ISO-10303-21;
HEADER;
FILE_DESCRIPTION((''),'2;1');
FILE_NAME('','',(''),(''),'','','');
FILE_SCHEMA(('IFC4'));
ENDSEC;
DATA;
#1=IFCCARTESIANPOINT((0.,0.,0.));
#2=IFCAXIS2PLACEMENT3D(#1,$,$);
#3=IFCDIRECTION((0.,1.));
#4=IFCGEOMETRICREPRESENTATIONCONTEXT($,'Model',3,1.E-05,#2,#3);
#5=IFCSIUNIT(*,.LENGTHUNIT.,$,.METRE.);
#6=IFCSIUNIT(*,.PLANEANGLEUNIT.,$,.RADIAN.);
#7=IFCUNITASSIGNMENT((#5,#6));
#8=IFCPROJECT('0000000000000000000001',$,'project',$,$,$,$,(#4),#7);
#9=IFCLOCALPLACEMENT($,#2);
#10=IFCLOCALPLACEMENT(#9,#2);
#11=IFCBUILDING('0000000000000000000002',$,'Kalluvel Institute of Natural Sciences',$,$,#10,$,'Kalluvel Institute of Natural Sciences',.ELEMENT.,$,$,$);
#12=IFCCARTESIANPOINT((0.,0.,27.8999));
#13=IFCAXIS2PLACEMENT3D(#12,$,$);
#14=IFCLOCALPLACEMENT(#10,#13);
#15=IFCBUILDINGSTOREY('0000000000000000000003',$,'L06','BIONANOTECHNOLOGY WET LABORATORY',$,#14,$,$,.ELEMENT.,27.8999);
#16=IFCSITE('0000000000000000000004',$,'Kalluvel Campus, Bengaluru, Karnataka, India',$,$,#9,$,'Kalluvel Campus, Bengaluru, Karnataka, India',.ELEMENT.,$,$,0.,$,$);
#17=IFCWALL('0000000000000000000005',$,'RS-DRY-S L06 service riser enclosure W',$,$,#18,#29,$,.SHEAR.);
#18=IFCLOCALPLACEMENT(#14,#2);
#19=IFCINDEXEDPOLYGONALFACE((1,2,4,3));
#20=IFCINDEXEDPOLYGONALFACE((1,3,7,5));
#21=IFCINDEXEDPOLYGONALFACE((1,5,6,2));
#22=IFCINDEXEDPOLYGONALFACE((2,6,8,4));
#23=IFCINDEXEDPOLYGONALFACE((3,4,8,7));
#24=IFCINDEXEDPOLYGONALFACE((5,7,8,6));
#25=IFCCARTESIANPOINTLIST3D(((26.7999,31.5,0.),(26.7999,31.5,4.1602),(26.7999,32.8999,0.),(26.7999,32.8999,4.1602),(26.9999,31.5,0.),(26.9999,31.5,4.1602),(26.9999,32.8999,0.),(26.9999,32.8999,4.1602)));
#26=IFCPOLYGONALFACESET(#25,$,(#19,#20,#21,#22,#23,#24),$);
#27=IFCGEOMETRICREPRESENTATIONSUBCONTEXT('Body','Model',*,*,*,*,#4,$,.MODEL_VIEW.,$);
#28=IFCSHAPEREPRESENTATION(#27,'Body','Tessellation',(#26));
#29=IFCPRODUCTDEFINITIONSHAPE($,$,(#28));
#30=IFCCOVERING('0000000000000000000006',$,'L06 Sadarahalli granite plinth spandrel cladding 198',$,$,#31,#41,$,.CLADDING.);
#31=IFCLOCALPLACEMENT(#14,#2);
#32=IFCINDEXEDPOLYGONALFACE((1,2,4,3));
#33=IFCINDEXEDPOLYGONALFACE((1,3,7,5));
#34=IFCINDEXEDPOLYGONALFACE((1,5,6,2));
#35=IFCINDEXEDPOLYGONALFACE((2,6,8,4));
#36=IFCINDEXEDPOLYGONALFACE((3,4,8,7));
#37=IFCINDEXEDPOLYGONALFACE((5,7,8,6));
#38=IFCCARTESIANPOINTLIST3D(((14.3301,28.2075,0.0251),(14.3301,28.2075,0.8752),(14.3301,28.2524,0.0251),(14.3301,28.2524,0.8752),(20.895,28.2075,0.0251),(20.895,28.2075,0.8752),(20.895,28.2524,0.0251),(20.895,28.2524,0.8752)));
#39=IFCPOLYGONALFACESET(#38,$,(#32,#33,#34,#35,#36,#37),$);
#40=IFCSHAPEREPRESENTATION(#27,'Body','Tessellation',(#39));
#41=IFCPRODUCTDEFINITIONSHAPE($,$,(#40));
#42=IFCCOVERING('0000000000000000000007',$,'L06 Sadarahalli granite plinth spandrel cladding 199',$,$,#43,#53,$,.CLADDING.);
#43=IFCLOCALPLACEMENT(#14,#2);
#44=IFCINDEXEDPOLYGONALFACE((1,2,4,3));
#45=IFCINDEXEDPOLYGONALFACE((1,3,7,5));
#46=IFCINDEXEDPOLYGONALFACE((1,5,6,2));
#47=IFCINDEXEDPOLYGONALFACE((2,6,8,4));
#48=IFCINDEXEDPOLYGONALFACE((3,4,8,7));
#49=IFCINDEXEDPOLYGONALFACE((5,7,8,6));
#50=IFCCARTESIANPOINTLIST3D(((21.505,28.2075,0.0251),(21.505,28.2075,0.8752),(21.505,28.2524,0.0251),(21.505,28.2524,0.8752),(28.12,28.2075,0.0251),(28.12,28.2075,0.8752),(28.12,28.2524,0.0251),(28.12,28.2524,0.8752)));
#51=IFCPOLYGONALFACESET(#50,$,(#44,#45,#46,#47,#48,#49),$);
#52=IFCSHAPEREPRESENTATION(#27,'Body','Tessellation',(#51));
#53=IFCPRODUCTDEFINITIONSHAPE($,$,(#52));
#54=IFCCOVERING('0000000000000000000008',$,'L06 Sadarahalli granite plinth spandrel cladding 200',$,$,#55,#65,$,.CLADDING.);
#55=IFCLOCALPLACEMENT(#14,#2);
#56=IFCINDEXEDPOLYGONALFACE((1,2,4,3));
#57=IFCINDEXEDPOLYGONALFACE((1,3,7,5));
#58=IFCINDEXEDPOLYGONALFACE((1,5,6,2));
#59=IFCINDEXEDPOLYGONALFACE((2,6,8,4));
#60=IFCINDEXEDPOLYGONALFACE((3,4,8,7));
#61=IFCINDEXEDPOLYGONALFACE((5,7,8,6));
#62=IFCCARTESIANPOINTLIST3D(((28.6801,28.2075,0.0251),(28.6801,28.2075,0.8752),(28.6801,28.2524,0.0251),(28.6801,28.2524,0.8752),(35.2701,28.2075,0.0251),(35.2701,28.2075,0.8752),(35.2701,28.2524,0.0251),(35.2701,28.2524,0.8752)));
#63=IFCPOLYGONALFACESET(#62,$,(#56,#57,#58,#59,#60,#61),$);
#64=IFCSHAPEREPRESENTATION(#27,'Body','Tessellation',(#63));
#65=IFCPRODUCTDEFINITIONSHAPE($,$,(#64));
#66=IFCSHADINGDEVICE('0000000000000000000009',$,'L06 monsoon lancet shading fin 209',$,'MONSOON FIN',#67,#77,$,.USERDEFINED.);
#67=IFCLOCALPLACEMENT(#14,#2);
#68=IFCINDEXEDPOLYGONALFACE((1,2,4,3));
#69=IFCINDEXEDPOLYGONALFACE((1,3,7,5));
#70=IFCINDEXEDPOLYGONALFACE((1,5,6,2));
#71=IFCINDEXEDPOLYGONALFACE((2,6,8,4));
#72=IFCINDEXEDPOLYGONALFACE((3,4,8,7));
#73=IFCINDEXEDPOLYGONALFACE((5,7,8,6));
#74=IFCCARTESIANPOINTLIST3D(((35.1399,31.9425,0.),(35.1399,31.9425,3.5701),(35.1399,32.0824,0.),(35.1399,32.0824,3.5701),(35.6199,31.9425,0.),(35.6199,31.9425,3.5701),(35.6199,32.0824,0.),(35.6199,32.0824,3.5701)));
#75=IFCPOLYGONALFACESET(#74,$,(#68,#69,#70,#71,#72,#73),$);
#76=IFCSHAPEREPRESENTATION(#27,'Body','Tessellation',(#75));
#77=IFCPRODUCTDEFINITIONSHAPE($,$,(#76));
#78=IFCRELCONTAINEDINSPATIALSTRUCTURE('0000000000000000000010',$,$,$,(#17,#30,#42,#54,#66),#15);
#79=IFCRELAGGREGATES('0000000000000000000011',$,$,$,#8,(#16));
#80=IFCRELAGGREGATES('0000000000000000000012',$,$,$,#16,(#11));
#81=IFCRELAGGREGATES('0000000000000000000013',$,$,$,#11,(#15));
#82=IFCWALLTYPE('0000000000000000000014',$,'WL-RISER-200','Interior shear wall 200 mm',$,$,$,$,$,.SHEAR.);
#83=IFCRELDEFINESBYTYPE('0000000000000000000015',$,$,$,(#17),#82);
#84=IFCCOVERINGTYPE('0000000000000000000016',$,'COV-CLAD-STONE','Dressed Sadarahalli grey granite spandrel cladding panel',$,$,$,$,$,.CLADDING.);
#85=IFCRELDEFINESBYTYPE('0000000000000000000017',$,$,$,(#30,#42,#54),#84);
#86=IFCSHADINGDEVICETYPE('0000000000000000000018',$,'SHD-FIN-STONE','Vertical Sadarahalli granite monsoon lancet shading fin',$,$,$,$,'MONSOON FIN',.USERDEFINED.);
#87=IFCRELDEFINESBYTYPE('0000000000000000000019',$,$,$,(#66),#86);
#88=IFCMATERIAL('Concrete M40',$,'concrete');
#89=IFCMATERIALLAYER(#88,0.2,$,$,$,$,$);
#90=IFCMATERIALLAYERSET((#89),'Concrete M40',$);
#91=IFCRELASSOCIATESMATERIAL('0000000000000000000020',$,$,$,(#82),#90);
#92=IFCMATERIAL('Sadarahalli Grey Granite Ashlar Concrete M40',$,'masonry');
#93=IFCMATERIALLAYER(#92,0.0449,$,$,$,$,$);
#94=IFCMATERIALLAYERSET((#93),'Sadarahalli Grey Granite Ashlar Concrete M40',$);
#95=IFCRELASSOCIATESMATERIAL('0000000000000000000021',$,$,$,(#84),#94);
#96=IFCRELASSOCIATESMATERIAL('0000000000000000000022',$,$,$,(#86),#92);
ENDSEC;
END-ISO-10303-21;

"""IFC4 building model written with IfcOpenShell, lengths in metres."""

from ifc_helpers import new_model, si_unit, direction, frame, frame_2d, origin, origin_2d, place, context, subcontext, project, spatial, rectangle, extrude, material, layer, layer_set, type_object, element, save


model = new_model("IFC4")

# Units and contexts
model_context = context("Model", 3, precision=1e-05, world=origin(), true_north=direction((0.0, 1.0)))
body_context = subcontext(model_context, "Body", "Model", "MODEL_VIEW")
ifc_project = project(units=[si_unit("LENGTHUNIT", "METRE"), si_unit("PLANEANGLEUNIT", "RADIAN")], contexts=[model_context])

# Site, building, storey
site_placement = place(None, origin())
site = spatial("IfcSite", under=ifc_project, at=site_placement, Name="Kalluvel Campus, Bengaluru, Karnataka, India", LongName="Kalluvel Campus, Bengaluru, Karnataka, India", CompositionType="ELEMENT", RefElevation=0.0)
building_placement = place(site_placement, origin())
building = spatial("IfcBuilding", under=site, at=building_placement, Name="Kalluvel Institute of Natural Sciences", LongName="Kalluvel Institute of Natural Sciences", CompositionType="ELEMENT")
storey_placement = place(building_placement, frame((0.0, 0.0, 27.8999)))
storey = spatial("IfcBuildingStorey", under=building, at=storey_placement, Name="L06", Description="BIONANOTECHNOLOGY WET LABORATORY", CompositionType="ELEMENT", Elevation=27.8999)

# Shared definitions
ifc_material_1 = material(Name="Concrete M40", Category="concrete")

# Shared definitions
ifc_material_2 = material(Name="Sadarahalli Grey Granite Ashlar Concrete M40", Category="masonry")

# Wall
ifc_layer_1 = layer(ifc_material_1, 0.2)
ifc_layer_set_1 = layer_set([ifc_layer_1], Name="Concrete M40")
wall_type_1 = type_object("IfcWallType", Name="WL-RISER-200", Description="Interior shear wall 200 mm", PredefinedType="SHEAR", material=ifc_layer_set_1)
wall_1_placement = place(storey_placement, frame((26.8999, 32.8999, 0.0), z_axis=(0.0, 0.0, 1.0), x_axis=(0.0, -1.0, 0.0)))
element("IfcWall", 1, at=wall_1_placement, inside=storey, type_object=wall_type_1, Name="RS-DRY-S L06 service riser enclosure W", PredefinedType="SHEAR", context=body_context, shape_type="SweptSolid", body=[
    extrude(rectangle(XDim=1.3999, YDim=0.2, at=frame_2d((0.7, 0.0))), origin(), (0.0, 0.0, 1.0), 4.1602),
])

# Coverings
ifc_layer_2 = layer(ifc_material_2, 0.0449)
ifc_layer_set_2 = layer_set([ifc_layer_2], Name="Sadarahalli Grey Granite Ashlar Concrete M40")
covering_type = type_object("IfcCoveringType", Name="COV-CLAD-STONE", Description="Dressed Sadarahalli grey granite spandrel cladding panel", PredefinedType="CLADDING", material=ifc_layer_set_2)
covering_1_placement = place(storey_placement, frame((17.6125, 28.23, 0.0251), z_axis=(0.0, 0.0, 1.0), x_axis=(1.0, 0.0, 0.0)))
element("IfcCovering", 2, at=covering_1_placement, inside=storey, type_object=covering_type, Name="L06 Sadarahalli granite plinth spandrel cladding 198", PredefinedType="CLADDING", context=body_context, shape_type="SweptSolid", body=[
    extrude(rectangle(XDim=6.5649, YDim=0.0449, at=origin_2d()), origin(), (0.0, 0.0, 1.0), 0.8501),
])
covering_2_placement = place(storey_placement, frame((24.8125, 28.23, 0.0251), z_axis=(0.0, 0.0, 1.0), x_axis=(1.0, 0.0, 0.0)))
element("IfcCovering", 3, at=covering_2_placement, inside=storey, type_object=covering_type, Name="L06 Sadarahalli granite plinth spandrel cladding 199", PredefinedType="CLADDING", context=body_context, shape_type="SweptSolid", body=[
    extrude(rectangle(XDim=6.615, YDim=0.0449, at=origin_2d()), origin(), (0.0, 0.0, 1.0), 0.8501),
])
covering_3_placement = place(storey_placement, frame((31.9751, 28.23, 0.0251), z_axis=(0.0, 0.0, 1.0), x_axis=(1.0, 0.0, 0.0)))
element("IfcCovering", 4, at=covering_3_placement, inside=storey, type_object=covering_type, Name="L06 Sadarahalli granite plinth spandrel cladding 200", PredefinedType="CLADDING", context=body_context, shape_type="SweptSolid", body=[
    extrude(rectangle(XDim=6.5901, YDim=0.0449, at=origin_2d()), origin(), (0.0, 0.0, 1.0), 0.8501),
])

# Shading device
shading_device_type = type_object("IfcShadingDeviceType", Name="SHD-FIN-STONE", Description="Vertical Sadarahalli granite monsoon lancet shading fin", ElementType="MONSOON FIN", PredefinedType="USERDEFINED", material=ifc_material_2)
shading_device_placement = place(storey_placement, frame((35.3799, 32.0125, 0.0), z_axis=(0.0, 0.0, 1.0), x_axis=(0.0, 1.0, 0.0)))
element("IfcShadingDevice", 5, at=shading_device_placement, inside=storey, type_object=shading_device_type, Name="L06 monsoon lancet shading fin 209", ObjectType="MONSOON FIN", PredefinedType="USERDEFINED", context=body_context, shape_type="SweptSolid", body=[
    extrude(rectangle(XDim=0.1399, YDim=0.48, at=origin_2d()), origin(), (0.0, 0.0, 1.0), 3.5701),
])

save(model, "model.ifc")
